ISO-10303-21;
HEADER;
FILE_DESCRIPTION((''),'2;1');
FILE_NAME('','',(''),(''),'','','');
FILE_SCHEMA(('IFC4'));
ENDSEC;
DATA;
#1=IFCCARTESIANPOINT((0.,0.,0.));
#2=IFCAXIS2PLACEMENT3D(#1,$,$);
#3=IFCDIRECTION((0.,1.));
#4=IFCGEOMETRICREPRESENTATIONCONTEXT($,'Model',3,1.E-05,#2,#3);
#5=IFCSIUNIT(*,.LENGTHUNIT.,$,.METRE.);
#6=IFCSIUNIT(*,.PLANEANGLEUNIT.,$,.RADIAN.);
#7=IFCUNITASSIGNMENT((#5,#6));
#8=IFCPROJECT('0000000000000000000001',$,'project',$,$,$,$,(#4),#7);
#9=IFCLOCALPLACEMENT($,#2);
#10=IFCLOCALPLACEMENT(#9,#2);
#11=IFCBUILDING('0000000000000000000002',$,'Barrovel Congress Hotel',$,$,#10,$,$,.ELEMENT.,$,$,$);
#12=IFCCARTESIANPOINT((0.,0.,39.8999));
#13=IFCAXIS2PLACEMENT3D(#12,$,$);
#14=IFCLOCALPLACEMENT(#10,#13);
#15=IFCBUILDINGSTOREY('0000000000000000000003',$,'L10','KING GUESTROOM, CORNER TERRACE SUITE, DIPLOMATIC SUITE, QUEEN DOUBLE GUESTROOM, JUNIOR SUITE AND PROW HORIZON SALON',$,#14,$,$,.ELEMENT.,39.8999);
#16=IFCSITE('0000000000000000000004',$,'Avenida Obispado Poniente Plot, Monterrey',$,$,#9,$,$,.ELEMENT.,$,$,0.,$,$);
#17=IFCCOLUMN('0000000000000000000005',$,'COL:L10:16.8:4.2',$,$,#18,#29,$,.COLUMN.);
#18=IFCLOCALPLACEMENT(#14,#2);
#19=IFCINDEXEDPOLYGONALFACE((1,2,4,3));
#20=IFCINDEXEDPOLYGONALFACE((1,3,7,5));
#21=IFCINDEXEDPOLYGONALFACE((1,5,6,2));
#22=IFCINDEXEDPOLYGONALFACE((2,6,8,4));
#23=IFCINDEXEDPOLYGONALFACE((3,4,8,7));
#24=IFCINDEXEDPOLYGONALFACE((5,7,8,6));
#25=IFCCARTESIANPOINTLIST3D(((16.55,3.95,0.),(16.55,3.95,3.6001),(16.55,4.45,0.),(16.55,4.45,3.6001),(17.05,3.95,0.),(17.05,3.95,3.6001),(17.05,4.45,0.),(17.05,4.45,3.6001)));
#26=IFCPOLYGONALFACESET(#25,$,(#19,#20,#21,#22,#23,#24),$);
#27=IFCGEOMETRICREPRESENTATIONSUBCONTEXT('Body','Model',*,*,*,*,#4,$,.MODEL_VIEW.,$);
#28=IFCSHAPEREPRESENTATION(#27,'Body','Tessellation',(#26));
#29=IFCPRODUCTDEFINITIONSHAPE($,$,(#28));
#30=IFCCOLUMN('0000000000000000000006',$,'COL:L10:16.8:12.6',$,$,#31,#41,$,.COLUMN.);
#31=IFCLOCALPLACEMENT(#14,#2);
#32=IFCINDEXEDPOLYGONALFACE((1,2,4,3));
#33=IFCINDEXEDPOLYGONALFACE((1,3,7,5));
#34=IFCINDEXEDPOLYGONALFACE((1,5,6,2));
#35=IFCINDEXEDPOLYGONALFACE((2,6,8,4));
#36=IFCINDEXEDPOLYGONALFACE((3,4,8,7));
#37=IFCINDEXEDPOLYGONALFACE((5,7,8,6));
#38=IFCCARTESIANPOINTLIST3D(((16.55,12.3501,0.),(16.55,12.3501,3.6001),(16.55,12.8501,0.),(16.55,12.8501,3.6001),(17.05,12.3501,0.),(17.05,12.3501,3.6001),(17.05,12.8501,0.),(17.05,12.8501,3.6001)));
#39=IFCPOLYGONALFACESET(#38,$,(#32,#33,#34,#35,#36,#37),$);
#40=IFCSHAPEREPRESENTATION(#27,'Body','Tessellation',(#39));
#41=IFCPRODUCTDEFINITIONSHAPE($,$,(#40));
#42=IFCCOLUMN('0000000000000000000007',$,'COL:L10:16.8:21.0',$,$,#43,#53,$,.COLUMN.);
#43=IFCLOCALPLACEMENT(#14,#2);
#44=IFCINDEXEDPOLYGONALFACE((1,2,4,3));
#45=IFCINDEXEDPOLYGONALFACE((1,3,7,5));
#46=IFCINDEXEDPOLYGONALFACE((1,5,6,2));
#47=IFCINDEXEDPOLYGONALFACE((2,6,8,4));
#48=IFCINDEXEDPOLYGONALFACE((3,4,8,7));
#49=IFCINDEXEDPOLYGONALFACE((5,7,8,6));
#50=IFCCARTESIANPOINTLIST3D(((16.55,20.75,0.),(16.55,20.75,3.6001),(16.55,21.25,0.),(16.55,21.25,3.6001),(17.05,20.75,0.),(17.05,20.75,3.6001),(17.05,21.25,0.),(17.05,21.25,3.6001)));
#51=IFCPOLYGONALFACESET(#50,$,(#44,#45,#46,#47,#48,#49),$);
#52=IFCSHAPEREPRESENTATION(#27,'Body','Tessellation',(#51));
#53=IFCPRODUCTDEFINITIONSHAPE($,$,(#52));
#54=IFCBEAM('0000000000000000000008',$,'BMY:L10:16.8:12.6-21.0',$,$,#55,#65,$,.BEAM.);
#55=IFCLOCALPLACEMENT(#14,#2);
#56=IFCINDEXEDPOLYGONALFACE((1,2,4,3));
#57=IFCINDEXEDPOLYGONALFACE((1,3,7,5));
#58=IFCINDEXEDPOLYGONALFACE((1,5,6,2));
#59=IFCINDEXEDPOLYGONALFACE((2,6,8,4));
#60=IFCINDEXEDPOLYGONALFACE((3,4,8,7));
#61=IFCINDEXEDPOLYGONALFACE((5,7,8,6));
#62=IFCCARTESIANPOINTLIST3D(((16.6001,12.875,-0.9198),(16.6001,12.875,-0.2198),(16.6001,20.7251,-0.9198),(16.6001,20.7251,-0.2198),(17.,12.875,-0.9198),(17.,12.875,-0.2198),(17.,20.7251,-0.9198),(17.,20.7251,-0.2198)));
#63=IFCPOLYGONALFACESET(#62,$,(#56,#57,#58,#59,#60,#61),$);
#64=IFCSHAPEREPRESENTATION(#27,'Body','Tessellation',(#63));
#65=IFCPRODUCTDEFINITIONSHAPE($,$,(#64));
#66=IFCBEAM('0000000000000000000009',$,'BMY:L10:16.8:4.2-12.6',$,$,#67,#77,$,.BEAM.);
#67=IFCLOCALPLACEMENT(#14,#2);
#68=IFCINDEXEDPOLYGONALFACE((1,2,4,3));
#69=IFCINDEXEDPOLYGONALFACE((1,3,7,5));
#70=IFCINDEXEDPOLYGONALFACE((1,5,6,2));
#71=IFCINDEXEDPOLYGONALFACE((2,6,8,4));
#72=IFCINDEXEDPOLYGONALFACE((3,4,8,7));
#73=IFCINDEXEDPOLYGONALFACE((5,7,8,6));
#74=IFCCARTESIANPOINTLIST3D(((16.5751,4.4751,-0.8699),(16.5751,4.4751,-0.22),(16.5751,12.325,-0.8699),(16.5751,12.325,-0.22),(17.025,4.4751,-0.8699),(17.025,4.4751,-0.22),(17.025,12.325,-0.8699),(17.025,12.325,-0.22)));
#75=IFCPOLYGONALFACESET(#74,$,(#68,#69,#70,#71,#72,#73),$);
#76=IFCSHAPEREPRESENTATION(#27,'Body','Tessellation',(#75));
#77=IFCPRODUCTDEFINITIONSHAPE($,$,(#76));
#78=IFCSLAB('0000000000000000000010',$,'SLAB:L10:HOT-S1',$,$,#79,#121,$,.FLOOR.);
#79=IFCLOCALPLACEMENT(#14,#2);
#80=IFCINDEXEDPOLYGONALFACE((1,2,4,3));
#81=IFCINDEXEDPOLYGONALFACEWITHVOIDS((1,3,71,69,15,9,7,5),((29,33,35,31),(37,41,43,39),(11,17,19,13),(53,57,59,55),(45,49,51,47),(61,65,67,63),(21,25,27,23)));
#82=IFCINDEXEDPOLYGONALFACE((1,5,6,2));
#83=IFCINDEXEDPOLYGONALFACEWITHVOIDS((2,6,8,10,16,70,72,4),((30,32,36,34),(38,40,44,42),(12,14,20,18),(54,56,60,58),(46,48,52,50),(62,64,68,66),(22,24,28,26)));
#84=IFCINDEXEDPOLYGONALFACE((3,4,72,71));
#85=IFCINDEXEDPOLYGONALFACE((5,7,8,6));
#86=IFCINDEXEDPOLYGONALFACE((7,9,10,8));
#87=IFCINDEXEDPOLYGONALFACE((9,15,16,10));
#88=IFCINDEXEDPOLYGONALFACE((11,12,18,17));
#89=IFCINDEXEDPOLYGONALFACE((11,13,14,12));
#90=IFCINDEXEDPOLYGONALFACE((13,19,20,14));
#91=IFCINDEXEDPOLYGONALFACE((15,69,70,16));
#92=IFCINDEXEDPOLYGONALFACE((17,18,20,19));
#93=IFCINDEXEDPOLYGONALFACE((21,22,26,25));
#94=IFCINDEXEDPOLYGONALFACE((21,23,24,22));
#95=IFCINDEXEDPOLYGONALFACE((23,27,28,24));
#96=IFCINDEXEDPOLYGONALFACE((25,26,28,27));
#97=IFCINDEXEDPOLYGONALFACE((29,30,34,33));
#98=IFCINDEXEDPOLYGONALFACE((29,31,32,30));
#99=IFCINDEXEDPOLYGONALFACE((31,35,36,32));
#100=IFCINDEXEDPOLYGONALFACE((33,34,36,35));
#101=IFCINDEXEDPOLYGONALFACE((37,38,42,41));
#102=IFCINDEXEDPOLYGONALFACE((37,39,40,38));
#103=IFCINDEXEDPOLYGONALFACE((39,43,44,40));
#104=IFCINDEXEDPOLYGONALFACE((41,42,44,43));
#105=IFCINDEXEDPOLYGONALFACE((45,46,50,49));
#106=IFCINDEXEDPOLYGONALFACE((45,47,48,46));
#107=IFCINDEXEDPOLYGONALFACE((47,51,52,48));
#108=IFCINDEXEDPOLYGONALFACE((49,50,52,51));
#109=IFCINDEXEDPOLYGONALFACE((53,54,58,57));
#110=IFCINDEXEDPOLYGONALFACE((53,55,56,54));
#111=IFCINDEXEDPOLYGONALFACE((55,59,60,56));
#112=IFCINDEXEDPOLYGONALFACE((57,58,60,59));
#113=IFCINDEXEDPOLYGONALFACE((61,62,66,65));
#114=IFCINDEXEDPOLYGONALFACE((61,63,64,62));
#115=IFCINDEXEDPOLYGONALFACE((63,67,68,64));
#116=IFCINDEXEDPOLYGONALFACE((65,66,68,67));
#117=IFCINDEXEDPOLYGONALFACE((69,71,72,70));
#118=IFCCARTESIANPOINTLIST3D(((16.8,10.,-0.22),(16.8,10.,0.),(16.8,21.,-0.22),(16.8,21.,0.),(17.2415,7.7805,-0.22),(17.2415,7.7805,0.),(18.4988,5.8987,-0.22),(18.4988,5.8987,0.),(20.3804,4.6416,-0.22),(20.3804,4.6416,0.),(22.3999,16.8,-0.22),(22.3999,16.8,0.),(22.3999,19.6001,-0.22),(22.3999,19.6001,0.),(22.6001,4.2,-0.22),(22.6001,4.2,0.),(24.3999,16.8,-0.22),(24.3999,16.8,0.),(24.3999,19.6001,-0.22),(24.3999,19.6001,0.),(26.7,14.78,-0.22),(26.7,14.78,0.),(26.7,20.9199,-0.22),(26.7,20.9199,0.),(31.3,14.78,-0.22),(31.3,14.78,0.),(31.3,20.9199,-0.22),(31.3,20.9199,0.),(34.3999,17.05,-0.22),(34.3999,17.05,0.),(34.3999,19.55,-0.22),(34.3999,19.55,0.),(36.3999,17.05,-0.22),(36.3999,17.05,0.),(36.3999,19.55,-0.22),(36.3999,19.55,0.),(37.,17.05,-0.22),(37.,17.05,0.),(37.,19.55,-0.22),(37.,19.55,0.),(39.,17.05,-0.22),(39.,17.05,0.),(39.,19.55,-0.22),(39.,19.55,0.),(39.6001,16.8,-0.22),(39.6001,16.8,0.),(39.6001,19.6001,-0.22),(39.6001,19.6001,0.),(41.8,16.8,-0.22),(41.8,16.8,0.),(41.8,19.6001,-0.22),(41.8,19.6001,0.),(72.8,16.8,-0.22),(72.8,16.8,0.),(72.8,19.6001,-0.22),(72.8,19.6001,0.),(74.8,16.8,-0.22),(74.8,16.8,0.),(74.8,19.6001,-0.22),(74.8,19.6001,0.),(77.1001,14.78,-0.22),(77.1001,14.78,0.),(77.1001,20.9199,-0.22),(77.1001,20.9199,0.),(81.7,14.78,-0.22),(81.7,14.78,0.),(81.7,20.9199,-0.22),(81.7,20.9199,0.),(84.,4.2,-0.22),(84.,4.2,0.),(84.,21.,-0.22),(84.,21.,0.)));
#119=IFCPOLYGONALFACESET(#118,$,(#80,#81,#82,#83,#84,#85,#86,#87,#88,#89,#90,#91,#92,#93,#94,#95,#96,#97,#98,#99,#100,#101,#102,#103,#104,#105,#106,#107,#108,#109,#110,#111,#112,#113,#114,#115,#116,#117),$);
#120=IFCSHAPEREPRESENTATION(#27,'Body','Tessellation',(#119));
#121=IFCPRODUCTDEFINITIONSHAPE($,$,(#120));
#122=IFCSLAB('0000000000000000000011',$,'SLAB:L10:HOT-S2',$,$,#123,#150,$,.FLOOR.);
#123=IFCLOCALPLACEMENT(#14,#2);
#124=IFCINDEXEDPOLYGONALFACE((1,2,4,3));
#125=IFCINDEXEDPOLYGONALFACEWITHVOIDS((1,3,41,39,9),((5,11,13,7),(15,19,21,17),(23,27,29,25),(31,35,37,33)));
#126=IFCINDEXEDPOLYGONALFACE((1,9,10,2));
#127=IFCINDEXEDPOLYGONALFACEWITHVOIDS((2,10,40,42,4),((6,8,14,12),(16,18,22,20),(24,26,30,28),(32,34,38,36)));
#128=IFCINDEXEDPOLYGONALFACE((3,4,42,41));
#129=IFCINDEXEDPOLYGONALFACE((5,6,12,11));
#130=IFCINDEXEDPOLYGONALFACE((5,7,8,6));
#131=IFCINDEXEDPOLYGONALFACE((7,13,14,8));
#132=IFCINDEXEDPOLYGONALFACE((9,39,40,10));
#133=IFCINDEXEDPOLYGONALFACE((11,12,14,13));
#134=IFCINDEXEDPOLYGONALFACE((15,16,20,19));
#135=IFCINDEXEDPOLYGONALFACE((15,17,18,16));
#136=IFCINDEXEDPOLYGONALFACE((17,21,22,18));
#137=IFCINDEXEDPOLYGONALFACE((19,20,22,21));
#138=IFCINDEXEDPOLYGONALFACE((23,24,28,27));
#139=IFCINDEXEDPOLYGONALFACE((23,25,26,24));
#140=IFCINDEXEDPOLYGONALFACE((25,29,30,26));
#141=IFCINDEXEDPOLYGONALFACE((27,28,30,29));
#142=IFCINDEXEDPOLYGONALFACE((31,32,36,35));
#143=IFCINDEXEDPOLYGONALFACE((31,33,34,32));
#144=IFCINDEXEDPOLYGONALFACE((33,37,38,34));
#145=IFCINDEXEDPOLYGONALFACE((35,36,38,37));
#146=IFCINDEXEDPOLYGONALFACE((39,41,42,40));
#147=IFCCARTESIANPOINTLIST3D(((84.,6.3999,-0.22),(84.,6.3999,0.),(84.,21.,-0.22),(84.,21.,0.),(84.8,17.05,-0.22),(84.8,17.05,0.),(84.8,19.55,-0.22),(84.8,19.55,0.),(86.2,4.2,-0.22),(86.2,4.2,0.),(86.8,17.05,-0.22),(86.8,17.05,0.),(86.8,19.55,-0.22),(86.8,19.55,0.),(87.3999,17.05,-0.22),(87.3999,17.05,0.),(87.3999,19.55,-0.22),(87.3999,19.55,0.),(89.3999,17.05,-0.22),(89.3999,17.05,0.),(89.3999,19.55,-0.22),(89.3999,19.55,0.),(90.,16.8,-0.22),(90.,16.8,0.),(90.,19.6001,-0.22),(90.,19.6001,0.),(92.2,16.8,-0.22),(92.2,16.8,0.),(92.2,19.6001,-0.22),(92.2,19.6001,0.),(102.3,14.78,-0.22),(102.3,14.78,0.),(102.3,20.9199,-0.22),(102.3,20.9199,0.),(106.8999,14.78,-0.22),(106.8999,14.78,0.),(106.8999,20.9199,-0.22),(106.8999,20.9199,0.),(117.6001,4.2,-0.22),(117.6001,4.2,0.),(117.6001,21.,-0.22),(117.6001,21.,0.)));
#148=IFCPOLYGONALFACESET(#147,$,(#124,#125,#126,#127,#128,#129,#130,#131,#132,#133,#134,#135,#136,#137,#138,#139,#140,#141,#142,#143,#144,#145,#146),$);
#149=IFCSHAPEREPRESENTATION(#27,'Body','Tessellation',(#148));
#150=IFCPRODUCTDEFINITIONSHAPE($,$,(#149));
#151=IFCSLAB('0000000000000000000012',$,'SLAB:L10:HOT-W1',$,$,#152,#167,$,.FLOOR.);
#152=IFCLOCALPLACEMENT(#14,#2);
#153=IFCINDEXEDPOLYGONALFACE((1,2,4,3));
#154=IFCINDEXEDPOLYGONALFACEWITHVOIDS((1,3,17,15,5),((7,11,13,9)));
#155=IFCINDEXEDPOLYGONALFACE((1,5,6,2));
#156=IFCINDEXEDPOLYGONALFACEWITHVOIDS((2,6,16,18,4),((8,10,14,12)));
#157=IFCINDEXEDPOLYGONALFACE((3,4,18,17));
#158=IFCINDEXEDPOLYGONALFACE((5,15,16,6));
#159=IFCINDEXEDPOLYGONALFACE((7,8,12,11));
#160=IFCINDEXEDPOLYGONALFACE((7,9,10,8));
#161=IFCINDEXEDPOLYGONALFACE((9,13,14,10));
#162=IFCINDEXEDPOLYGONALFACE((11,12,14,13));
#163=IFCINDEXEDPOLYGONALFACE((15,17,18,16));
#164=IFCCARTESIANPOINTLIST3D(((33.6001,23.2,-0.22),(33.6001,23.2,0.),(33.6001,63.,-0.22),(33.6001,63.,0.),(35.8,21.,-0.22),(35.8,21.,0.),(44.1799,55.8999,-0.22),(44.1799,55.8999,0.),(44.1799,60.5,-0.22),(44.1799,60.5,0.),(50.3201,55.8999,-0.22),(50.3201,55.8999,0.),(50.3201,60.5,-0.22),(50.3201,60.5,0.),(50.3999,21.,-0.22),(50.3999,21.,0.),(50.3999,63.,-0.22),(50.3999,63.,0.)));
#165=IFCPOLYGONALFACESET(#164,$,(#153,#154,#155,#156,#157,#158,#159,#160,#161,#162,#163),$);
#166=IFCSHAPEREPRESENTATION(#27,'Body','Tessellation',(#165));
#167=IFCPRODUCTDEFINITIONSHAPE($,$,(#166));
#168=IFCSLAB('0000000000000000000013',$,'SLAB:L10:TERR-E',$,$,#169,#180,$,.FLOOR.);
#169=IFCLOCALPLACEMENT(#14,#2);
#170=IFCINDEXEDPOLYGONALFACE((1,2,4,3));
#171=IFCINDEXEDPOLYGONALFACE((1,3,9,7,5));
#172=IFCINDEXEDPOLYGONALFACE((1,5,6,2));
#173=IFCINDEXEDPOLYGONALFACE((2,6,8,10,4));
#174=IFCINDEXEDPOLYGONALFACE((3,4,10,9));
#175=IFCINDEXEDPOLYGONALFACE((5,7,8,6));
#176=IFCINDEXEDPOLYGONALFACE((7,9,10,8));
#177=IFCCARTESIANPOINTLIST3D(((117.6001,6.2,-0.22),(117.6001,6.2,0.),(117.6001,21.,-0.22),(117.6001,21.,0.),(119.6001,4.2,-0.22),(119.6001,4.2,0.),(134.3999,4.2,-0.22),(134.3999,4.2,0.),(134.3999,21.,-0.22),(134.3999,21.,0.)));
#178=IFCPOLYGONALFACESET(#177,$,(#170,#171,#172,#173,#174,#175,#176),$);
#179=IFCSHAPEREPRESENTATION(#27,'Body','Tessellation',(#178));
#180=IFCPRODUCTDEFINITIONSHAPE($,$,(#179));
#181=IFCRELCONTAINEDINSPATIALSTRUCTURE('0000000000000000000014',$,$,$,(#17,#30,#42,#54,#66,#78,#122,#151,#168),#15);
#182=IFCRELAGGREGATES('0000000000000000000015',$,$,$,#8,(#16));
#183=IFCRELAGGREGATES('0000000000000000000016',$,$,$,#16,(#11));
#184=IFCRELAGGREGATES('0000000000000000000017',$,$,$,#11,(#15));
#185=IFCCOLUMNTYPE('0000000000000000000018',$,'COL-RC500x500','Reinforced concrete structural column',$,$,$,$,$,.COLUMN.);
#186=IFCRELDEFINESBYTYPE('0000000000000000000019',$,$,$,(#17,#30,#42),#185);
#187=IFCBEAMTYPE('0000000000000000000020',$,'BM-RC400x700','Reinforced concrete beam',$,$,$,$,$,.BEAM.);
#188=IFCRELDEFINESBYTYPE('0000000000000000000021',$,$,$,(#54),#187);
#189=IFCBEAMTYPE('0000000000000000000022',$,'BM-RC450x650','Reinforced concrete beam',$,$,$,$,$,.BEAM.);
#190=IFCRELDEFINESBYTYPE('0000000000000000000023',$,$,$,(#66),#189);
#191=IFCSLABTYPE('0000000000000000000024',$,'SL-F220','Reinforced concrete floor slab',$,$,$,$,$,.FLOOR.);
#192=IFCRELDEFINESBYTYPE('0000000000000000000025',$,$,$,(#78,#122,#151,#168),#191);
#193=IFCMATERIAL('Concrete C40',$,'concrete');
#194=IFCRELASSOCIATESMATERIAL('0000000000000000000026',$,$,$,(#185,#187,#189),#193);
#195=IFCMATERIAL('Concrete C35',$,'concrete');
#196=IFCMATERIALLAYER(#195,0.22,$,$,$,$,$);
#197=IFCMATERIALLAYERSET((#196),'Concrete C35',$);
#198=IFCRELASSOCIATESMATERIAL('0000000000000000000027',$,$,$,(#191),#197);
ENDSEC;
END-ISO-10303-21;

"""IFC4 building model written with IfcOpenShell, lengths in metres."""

from ifc_helpers import new_model, si_unit, direction, frame, origin, origin_2d, place, context, subcontext, project, spatial, polyline, rectangle, outline, extrude, material, layer, layer_set, material_profile, profile_set, type_object, element, save


model = new_model("IFC4")

# Units and contexts
model_context = context("Model", 3, precision=1e-05, world=origin(), true_north=direction((0.0, 1.0)))
body_context = subcontext(model_context, "Body", "Model", "MODEL_VIEW")
ifc_project = project(units=[si_unit("LENGTHUNIT", "METRE"), si_unit("PLANEANGLEUNIT", "RADIAN")], contexts=[model_context])

# Site, building, storey
site_placement = place(None, origin())
site = spatial("IfcSite", under=ifc_project, at=site_placement, Name="Avenida Obispado Poniente Plot, Monterrey", CompositionType="ELEMENT", RefElevation=0.0)
building_placement = place(site_placement, origin())
building = spatial("IfcBuilding", under=site, at=building_placement, Name="Barrovel Congress Hotel", CompositionType="ELEMENT")
storey_placement = place(building_placement, frame((0.0, 0.0, 39.8999)))
storey = spatial("IfcBuildingStorey", under=building, at=storey_placement, Name="L10", Description="KING GUESTROOM, CORNER TERRACE SUITE, DIPLOMATIC SUITE, QUEEN DOUBLE GUESTROOM, JUNIOR SUITE AND PROW HORIZON SALON", CompositionType="ELEMENT", Elevation=39.8999)

# Columns
ifc_material_1 = material(Name="Concrete C40", Category="concrete")
ifc_material_profile_1 = material_profile(ifc_material_1, rectangle(XDim=0.5, YDim=0.5, at=origin_2d()), Name="RC500x500")
ifc_profile_set_1 = profile_set([ifc_material_profile_1], Name="Concrete C40")
column_type = type_object("IfcColumnType", Name="COL-RC500x500", Description="Reinforced concrete structural column", PredefinedType="COLUMN", material=ifc_profile_set_1)
for number, where, z_axis, x_axis, name in (
    (1, (16.8, 4.2, 0.0), (0.0, 0.0, 1.0), (1.0, 0.0, 0.0), "COL:L10:16.8:4.2"),
    (2, (16.8, 12.6001, 0.0), (0.0, 0.0, 1.0), (1.0, 0.0, 0.0), "COL:L10:16.8:12.6"),
    (3, (16.8, 21.0, 0.0), (0.0, 0.0, 1.0), (1.0, 0.0, 0.0), "COL:L10:16.8:21.0"),
):
    element("IfcColumn", number, at=place(storey_placement, frame(where, z_axis=z_axis, x_axis=x_axis)), inside=storey, type_object=column_type, Name=name, PredefinedType="COLUMN", context=body_context, shape_type="SweptSolid", body=[
        extrude(rectangle(XDim=0.5, YDim=0.5, at=origin_2d()), origin(), (0.0, 0.0, 1.0), 3.6001),
    ])

# Beams
ifc_material_profile_2 = material_profile(ifc_material_1, rectangle(XDim=0.3999, YDim=0.7, at=origin_2d()), Name="RC400x700")
ifc_profile_set_2 = profile_set([ifc_material_profile_2], Name="Concrete C40")
beam_type_1 = type_object("IfcBeamType", Name="BM-RC400x700", Description="Reinforced concrete beam", PredefinedType="BEAM", material=ifc_profile_set_2)
beam_1_placement = place(storey_placement, frame((16.8, 12.875, -0.5698), z_axis=(0.0, 1.0, 0.0), x_axis=(-1.0, 0.0, 0.0)))
element("IfcBeam", 4, at=beam_1_placement, inside=storey, type_object=beam_type_1, Name="BMY:L10:16.8:12.6-21.0", PredefinedType="BEAM", context=body_context, shape_type="SweptSolid", body=[
    extrude(rectangle(XDim=0.3999, YDim=0.7, at=origin_2d()), origin(), (0.0, 0.0, 1.0), 7.8501),
])
ifc_material_profile_3 = material_profile(ifc_material_1, rectangle(XDim=0.45, YDim=0.6499, at=origin_2d()), Name="RC450x650")
ifc_profile_set_3 = profile_set([ifc_material_profile_3], Name="Concrete C40")
beam_type_2 = type_object("IfcBeamType", Name="BM-RC450x650", Description="Reinforced concrete beam", PredefinedType="BEAM", material=ifc_profile_set_3)
beam_2_placement = place(storey_placement, frame((16.8, 4.4751, -0.5449), z_axis=(0.0, 1.0, 0.0), x_axis=(-1.0, 0.0, 0.0)))
element("IfcBeam", 5, at=beam_2_placement, inside=storey, type_object=beam_type_2, Name="BMY:L10:16.8:4.2-12.6", PredefinedType="BEAM", context=body_context, shape_type="SweptSolid", body=[
    extrude(rectangle(XDim=0.45, YDim=0.6499, at=origin_2d()), origin(), (0.0, 0.0, 1.0), 7.8499),
])

# Slabs
ifc_material_2 = material(Name="Concrete C35", Category="concrete")
ifc_layer_1 = layer(ifc_material_2, 0.22)
ifc_layer_set_1 = layer_set([ifc_layer_1], Name="Concrete C35")
slab_type_1 = type_object("IfcSlabType", Name="SL-F220", Description="Reinforced concrete floor slab", PredefinedType="FLOOR", material=ifc_layer_set_1)
slab_1_placement = place(storey_placement, frame((0.0, 0.0, -0.22)))
element("IfcSlab", 6, at=slab_1_placement, inside=storey, type_object=slab_type_1, Name="SLAB:L10:HOT-S1", PredefinedType="FLOOR", context=body_context, shape_type="SweptSolid", body=[
    extrude(outline(polyline([(16.8, 10.0), (17.2415, 7.7805), (18.4988, 5.8987), (20.3804, 4.6416), (22.6001, 4.2), (84.0, 4.2), (84.0, 21.0), (16.8, 21.0), (16.8, 10.0)]), holes=[polyline([(26.7, 14.78), (26.7, 20.9199), (31.3, 20.9199), (31.3, 14.78), (26.7, 14.78)]), polyline([(77.1001, 14.78), (77.1001, 20.9199), (81.7, 20.9199), (81.7, 14.78), (77.1001, 14.78)]), polyline([(22.3999, 16.8), (22.3999, 19.6001), (24.3999, 19.6001), (24.3999, 16.8), (22.3999, 16.8)]), polyline([(72.8, 16.8), (72.8, 19.6001), (74.8, 19.6001), (74.8, 16.8), (72.8, 16.8)]), polyline([(34.3999, 17.05), (34.3999, 19.55), (36.3999, 19.55), (36.3999, 17.05), (34.3999, 17.05)]), polyline([(37.0, 17.05), (37.0, 19.55), (39.0, 19.55), (39.0, 17.05), (37.0, 17.05)]), polyline([(39.6001, 16.8), (39.6001, 19.6001), (41.8, 19.6001), (41.8, 16.8), (39.6001, 16.8)])]), origin(), (0.0, 0.0, 1.0), 0.22),
])
slab_2_placement = place(storey_placement, frame((0.0, 0.0, -0.22)))
element("IfcSlab", 7, at=slab_2_placement, inside=storey, type_object=slab_type_1, Name="SLAB:L10:HOT-S2", PredefinedType="FLOOR", context=body_context, shape_type="SweptSolid", body=[
    extrude(outline(polyline([(86.2, 4.2), (117.6001, 4.2), (117.6001, 21.0), (84.0, 21.0), (84.0, 6.3999), (86.2, 4.2)]), holes=[polyline([(102.3, 14.78), (102.3, 20.9199), (106.8999, 20.9199), (106.8999, 14.78), (102.3, 14.78)]), polyline([(84.8, 17.05), (84.8, 19.55), (86.8, 19.55), (86.8, 17.05), (84.8, 17.05)]), polyline([(87.3999, 17.05), (87.3999, 19.55), (89.3999, 19.55), (89.3999, 17.05), (87.3999, 17.05)]), polyline([(90.0, 16.8), (90.0, 19.6001), (92.2, 19.6001), (92.2, 16.8), (90.0, 16.8)])]), origin(), (0.0, 0.0, 1.0), 0.22),
])
slab_3_placement = place(storey_placement, frame((0.0, 0.0, -0.22)))
element("IfcSlab", 8, at=slab_3_placement, inside=storey, type_object=slab_type_1, Name="SLAB:L10:HOT-W1", PredefinedType="FLOOR", context=body_context, shape_type="SweptSolid", body=[
    extrude(outline(polyline([(35.8, 21.0), (50.3999, 21.0), (50.3999, 63.0), (33.6001, 63.0), (33.6001, 23.2), (35.8, 21.0)]), holes=[polyline([(44.1799, 55.8999), (44.1799, 60.5), (50.3201, 60.5), (50.3201, 55.8999), (44.1799, 55.8999)])]), origin(), (0.0, 0.0, 1.0), 0.22),
])
slab_4_placement = place(storey_placement, frame((0.0, 0.0, -0.22)))
element("IfcSlab", 9, at=slab_4_placement, inside=storey, type_object=slab_type_1, Name="SLAB:L10:TERR-E", PredefinedType="FLOOR", context=body_context, shape_type="SweptSolid", body=[
    extrude(outline(polyline([(119.6001, 4.2), (134.3999, 4.2), (134.3999, 21.0), (117.6001, 21.0), (117.6001, 6.2), (119.6001, 4.2)])), origin(), (0.0, 0.0, 1.0), 0.22),
])

save(model, "model.ifc")
